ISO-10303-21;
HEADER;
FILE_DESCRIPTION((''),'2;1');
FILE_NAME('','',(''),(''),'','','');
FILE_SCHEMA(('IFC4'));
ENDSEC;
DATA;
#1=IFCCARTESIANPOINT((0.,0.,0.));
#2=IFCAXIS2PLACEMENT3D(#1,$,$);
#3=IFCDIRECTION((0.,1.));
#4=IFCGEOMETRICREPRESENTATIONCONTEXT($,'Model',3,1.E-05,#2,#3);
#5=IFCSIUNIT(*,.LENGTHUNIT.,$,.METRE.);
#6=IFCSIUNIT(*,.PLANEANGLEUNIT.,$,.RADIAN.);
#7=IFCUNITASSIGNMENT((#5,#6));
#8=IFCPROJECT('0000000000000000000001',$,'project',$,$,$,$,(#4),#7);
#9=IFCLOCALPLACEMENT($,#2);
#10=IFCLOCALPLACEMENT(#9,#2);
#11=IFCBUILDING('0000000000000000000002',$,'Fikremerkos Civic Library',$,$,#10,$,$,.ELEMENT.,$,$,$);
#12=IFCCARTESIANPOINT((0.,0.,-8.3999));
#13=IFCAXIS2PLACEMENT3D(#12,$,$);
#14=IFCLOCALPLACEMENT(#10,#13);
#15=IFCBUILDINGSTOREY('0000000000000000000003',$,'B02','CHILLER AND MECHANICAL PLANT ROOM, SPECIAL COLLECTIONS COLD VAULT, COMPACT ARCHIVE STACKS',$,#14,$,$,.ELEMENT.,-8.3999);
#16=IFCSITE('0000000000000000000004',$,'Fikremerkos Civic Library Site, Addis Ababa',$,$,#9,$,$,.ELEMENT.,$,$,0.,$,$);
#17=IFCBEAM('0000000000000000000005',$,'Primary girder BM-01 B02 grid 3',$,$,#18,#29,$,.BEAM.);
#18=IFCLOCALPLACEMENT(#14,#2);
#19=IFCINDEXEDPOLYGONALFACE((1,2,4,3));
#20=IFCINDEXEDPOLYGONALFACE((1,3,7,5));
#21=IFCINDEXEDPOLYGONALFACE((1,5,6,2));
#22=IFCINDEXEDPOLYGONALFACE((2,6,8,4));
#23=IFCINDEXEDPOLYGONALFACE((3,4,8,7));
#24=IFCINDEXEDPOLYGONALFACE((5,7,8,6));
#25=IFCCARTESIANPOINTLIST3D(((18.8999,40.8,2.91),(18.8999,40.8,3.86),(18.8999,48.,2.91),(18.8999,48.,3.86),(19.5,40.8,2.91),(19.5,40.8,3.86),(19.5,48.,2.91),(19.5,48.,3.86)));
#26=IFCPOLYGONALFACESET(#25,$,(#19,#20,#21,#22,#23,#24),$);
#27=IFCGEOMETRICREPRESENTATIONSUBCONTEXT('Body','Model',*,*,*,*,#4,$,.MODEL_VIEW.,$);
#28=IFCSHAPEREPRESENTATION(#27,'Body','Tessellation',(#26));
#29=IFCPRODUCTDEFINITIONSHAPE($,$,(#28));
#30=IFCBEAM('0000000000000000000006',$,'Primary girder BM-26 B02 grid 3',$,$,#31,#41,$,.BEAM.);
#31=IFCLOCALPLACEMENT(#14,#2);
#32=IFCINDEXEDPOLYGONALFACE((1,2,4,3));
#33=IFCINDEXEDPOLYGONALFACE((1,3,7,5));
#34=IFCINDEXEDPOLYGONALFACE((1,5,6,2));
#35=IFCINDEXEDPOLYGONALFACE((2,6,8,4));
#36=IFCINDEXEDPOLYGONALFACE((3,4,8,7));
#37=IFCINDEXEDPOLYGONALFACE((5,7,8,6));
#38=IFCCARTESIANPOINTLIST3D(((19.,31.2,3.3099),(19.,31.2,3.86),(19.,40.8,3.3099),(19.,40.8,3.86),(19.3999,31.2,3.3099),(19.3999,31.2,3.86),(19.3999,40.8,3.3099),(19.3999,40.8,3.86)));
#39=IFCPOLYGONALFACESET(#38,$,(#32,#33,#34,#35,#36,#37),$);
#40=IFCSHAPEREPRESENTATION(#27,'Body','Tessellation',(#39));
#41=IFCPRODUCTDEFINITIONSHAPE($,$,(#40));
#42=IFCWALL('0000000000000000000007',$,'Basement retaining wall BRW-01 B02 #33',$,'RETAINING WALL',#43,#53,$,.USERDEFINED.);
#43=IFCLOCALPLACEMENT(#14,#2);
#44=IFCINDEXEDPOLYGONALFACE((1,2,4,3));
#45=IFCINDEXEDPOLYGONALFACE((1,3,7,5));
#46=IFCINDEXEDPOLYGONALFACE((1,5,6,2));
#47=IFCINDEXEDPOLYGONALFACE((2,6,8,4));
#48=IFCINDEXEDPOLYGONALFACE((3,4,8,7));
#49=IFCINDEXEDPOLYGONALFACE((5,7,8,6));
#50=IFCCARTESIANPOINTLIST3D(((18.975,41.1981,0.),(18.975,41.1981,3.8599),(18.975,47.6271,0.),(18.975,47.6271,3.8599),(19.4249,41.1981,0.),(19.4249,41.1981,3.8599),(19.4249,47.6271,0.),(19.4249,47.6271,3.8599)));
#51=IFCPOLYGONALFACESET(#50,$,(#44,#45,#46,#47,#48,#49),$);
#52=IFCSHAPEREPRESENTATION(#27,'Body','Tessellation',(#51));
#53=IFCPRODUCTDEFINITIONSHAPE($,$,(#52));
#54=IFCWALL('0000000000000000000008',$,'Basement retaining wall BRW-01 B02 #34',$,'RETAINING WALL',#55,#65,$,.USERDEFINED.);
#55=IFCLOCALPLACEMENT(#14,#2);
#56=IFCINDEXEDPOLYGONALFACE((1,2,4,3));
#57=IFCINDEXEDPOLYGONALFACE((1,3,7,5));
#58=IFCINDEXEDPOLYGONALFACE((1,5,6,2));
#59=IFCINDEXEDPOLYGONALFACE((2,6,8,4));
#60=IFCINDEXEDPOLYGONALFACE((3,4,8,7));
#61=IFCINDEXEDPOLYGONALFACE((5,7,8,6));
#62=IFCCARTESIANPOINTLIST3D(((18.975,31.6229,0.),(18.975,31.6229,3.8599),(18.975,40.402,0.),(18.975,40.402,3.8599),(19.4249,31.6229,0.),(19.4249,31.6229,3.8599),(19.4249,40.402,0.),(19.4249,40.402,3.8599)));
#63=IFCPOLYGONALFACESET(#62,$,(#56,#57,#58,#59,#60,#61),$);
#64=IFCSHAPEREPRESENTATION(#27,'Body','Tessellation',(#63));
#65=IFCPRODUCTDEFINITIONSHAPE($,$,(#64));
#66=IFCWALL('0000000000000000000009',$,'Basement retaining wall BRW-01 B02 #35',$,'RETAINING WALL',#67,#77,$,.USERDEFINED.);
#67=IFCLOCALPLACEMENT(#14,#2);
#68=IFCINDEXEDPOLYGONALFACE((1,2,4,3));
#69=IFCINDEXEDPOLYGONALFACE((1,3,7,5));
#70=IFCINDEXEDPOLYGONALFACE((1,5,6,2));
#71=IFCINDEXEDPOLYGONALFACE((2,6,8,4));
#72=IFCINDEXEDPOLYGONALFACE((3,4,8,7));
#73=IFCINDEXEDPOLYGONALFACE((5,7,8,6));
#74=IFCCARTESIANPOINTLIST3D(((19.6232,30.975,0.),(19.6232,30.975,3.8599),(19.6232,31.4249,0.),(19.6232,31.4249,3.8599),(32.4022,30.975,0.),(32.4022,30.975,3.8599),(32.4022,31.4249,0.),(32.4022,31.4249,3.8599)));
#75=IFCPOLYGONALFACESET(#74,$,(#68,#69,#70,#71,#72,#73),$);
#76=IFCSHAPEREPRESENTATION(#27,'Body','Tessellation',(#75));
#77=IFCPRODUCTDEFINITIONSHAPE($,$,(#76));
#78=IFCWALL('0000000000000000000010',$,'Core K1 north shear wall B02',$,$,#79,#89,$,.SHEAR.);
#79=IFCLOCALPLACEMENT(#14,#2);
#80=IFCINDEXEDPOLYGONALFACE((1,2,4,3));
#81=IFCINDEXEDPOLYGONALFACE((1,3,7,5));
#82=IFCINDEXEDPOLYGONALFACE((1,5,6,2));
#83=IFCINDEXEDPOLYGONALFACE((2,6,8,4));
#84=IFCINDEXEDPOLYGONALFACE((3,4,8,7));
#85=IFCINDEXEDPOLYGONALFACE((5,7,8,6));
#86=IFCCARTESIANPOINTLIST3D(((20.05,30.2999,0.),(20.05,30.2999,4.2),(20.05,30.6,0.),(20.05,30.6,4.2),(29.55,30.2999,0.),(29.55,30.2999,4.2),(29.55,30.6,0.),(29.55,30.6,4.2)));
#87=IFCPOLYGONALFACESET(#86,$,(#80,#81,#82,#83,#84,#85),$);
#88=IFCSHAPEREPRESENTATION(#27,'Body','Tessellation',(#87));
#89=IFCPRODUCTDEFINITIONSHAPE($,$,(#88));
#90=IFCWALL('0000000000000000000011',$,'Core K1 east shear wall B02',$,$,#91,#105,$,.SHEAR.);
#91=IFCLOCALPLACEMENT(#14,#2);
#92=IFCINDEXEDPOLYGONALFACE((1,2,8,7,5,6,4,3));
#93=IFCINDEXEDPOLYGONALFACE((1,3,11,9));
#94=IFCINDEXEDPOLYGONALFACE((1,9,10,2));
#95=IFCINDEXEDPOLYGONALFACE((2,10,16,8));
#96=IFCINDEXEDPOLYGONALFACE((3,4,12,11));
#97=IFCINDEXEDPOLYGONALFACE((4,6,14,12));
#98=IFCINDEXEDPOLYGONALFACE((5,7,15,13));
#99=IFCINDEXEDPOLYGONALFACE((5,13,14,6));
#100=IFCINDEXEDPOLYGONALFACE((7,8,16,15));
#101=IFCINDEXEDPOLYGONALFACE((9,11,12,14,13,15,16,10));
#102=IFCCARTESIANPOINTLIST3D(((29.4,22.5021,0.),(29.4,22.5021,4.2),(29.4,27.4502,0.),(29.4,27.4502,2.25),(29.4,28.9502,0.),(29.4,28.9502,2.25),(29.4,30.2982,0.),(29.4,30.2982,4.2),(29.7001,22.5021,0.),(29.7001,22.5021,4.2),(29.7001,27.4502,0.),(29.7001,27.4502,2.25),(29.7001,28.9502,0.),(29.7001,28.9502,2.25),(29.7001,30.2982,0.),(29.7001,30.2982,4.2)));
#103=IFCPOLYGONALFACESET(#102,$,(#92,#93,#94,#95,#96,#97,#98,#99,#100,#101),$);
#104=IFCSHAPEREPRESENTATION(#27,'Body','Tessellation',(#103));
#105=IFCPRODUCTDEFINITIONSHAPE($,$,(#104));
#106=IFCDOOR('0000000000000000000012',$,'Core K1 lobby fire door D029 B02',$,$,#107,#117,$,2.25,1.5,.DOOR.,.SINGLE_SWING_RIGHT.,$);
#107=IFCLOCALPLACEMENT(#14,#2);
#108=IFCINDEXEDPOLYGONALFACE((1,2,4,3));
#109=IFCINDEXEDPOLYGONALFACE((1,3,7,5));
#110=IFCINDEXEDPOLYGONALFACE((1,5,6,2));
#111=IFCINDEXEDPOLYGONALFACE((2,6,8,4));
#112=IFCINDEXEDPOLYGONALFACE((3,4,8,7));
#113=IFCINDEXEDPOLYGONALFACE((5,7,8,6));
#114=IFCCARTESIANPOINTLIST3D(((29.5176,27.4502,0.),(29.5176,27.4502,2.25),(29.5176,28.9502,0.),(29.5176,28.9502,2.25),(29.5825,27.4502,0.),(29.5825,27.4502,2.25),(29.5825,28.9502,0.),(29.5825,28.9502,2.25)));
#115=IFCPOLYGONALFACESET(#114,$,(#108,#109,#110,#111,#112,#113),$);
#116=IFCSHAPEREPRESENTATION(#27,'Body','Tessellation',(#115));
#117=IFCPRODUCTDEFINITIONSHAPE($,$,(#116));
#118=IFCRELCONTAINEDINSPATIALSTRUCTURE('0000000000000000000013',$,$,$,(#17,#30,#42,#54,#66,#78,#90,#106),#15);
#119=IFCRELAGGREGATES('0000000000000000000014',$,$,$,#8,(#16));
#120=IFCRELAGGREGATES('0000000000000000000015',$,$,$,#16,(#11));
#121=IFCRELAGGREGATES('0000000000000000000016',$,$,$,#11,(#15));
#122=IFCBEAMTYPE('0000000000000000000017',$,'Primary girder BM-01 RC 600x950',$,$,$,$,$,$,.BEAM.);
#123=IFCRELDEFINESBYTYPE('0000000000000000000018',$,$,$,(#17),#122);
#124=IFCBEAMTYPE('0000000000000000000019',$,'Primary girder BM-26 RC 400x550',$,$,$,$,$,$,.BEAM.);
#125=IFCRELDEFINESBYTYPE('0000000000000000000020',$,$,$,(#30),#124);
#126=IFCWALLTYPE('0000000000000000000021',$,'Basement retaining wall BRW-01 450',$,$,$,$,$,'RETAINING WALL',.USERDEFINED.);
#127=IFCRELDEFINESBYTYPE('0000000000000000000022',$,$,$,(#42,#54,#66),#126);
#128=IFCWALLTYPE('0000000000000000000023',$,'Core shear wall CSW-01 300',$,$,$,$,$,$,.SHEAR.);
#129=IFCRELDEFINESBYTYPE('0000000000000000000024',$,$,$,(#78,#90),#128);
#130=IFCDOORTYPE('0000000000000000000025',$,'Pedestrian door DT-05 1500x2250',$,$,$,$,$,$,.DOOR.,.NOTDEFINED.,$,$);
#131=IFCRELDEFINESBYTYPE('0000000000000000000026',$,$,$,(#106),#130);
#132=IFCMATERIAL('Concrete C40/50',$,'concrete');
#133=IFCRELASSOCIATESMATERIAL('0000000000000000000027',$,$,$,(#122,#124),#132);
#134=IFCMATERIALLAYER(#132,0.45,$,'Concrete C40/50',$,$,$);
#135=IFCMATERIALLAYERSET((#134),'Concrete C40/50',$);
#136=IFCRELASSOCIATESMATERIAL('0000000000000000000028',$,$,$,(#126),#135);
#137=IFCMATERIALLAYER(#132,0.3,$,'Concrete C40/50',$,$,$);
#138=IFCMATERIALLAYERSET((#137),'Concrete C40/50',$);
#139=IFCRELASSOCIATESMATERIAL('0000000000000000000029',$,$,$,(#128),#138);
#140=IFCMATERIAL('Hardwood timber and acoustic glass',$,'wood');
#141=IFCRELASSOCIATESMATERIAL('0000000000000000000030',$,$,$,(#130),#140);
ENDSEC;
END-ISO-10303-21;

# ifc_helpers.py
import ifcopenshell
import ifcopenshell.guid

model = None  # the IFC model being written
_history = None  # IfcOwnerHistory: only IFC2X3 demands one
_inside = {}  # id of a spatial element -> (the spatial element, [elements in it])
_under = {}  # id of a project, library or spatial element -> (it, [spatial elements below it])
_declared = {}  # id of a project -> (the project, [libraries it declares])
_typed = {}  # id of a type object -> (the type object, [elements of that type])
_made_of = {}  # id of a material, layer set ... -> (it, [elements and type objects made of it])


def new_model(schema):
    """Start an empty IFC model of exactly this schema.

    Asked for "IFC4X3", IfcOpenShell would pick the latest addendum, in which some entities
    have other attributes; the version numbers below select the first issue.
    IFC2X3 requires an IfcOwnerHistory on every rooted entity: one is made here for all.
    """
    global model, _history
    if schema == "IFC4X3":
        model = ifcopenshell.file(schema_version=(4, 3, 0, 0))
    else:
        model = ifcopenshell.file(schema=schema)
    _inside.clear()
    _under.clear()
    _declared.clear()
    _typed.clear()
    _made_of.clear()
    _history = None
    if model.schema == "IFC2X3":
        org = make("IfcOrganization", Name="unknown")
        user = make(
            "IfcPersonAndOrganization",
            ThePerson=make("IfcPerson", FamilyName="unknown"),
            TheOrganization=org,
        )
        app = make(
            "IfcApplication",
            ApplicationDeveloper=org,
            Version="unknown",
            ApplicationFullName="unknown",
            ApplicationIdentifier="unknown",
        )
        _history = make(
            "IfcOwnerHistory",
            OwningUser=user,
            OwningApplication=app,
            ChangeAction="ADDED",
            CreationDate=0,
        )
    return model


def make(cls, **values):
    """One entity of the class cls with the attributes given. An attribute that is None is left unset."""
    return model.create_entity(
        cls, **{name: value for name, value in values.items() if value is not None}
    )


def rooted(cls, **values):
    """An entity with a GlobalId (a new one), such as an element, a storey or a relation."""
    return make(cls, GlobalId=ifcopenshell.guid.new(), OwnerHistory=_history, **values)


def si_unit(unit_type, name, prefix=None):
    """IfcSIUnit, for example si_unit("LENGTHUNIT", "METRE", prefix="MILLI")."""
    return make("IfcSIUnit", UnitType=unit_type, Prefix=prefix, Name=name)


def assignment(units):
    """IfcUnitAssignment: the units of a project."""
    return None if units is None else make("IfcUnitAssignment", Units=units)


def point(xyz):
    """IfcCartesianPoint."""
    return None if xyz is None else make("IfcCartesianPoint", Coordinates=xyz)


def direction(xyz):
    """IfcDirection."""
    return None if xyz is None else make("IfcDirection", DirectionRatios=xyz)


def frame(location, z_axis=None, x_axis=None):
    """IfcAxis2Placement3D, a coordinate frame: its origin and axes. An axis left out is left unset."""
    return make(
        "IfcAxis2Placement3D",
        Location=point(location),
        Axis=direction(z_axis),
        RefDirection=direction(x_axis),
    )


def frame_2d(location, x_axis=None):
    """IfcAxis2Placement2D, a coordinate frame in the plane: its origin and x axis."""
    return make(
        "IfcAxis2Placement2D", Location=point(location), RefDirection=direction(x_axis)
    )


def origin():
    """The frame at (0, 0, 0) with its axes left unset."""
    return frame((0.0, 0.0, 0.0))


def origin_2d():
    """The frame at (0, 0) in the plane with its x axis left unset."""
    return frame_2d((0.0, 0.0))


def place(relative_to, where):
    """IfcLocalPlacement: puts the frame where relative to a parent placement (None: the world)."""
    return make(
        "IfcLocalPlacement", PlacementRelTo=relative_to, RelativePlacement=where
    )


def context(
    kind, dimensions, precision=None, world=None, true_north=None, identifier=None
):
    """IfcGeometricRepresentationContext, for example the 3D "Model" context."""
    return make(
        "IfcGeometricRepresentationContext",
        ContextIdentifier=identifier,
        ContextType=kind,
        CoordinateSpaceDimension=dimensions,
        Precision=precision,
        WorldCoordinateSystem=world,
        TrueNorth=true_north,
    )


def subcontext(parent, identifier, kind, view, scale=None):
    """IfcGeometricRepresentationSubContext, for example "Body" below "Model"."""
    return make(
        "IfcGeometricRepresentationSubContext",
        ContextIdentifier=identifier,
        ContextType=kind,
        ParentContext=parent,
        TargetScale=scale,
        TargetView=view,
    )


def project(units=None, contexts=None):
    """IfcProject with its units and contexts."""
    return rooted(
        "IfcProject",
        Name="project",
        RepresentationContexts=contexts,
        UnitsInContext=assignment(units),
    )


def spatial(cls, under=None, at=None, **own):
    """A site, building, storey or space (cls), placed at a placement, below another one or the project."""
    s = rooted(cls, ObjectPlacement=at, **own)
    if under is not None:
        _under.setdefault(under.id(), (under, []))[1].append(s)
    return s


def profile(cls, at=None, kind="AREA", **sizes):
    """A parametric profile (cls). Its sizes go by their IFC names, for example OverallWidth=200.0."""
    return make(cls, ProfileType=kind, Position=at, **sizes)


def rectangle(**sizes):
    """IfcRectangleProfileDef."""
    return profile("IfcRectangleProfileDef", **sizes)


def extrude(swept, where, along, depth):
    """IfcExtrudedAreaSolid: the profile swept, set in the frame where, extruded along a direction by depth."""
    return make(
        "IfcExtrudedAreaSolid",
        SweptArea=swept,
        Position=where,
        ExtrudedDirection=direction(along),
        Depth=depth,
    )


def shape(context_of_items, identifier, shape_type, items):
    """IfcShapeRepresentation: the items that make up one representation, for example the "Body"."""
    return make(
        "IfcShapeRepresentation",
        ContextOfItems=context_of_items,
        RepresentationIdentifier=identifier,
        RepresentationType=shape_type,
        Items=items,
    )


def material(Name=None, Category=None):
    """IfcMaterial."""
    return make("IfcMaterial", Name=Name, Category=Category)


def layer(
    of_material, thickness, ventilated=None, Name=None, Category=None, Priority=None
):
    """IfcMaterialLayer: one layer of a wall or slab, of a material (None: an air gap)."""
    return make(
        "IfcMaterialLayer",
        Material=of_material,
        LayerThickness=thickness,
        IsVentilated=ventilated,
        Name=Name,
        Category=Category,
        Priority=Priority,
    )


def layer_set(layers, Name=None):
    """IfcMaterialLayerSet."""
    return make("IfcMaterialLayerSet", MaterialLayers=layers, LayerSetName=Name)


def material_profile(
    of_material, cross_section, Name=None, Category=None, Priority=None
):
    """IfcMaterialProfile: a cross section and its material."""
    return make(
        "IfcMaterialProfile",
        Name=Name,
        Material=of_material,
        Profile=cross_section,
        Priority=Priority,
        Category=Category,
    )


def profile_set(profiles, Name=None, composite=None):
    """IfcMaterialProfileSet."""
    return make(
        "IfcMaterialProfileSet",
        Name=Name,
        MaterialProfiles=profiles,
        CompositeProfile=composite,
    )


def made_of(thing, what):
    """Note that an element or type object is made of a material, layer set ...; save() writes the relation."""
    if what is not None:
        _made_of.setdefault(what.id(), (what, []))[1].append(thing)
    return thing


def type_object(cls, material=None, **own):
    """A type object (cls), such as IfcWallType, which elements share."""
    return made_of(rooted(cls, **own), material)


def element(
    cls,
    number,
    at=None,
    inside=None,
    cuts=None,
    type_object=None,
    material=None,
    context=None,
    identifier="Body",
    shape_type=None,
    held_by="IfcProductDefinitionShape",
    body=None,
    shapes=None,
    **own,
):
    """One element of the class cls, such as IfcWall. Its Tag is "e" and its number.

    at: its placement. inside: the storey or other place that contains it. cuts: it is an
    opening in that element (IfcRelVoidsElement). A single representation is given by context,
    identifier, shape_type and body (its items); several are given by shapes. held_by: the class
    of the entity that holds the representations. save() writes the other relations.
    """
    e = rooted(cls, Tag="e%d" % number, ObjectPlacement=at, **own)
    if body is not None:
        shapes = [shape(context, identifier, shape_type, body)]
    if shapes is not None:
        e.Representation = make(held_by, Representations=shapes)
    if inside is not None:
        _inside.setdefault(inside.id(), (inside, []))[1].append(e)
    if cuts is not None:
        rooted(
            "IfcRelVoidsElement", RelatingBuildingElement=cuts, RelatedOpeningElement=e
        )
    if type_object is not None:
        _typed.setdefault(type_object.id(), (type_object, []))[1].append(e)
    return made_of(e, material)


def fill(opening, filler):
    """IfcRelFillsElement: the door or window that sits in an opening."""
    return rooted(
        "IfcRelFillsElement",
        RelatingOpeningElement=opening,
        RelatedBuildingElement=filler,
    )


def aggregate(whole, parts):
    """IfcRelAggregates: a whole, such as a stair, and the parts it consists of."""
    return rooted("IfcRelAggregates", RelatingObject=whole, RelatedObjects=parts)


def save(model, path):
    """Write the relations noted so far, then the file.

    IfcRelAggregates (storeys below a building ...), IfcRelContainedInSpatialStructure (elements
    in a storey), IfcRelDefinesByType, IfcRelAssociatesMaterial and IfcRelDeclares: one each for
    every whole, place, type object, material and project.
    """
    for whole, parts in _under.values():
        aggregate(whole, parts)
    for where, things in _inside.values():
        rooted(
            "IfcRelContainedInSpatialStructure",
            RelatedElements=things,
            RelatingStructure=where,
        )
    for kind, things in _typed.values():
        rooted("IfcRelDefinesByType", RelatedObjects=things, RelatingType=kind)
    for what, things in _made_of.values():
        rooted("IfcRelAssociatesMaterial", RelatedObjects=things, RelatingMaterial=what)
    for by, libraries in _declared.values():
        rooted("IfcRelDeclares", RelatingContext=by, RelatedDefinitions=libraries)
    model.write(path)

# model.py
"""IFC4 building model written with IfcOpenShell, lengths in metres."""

from ifc_helpers import new_model, si_unit, direction, frame, frame_2d, origin, origin_2d, place, context, subcontext, project, spatial, rectangle, extrude, material, layer, layer_set, material_profile, profile_set, type_object, element, fill, save


model = new_model("IFC4")

# Units and contexts
model_context = context("Model", 3, precision=1e-05, world=origin(), true_north=direction((0.0, 1.0)))
body_context = subcontext(model_context, "Body", "Model", "MODEL_VIEW")
ifc_project = project(units=[si_unit("LENGTHUNIT", "METRE"), si_unit("PLANEANGLEUNIT", "RADIAN")], contexts=[model_context])

# Site, building, storey
site_placement = place(None, origin())
site = spatial("IfcSite", under=ifc_project, at=site_placement, Name="Fikremerkos Civic Library Site, Addis Ababa", CompositionType="ELEMENT", RefElevation=0.0)
building_placement = place(site_placement, origin())
building = spatial("IfcBuilding", under=site, at=building_placement, Name="Fikremerkos Civic Library", CompositionType="ELEMENT")
storey_placement = place(building_placement, frame((0.0, 0.0, -8.3999)))
storey = spatial("IfcBuildingStorey", under=building, at=storey_placement, Name="B02", Description="CHILLER AND MECHANICAL PLANT ROOM, SPECIAL COLLECTIONS COLD VAULT, COMPACT ARCHIVE STACKS", CompositionType="ELEMENT", Elevation=-8.3999)

# Shared definitions
ifc_material_1 = material(Name="Concrete C40/50", Category="concrete")

# Beams
ifc_material_profile_1 = material_profile(ifc_material_1, rectangle(XDim=0.6001, YDim=0.95, at=origin_2d()), Name="RC 600x950")
ifc_profile_set_1 = profile_set([ifc_material_profile_1], Name="Concrete C40/50")
beam_type_1 = type_object("IfcBeamType", Name="Primary girder BM-01 RC 600x950", PredefinedType="BEAM", material=ifc_profile_set_1)
beam_1_placement = place(storey_placement, frame((19.2, 40.8, 3.385), z_axis=(0.0, 1.0, 0.0), x_axis=(-1.0, 0.0, 0.0)))
element("IfcBeam", 1, at=beam_1_placement, inside=storey, type_object=beam_type_1, Name="Primary girder BM-01 B02 grid 3", PredefinedType="BEAM", context=body_context, shape_type="SweptSolid", body=[
    extrude(rectangle(XDim=0.6001, YDim=0.95, at=origin_2d()), origin(), (0.0, 0.0, 1.0), 7.2),
])
ifc_material_profile_2 = material_profile(ifc_material_1, rectangle(XDim=0.3999, YDim=0.55, at=origin_2d()), Name="RC 400x550")
ifc_profile_set_2 = profile_set([ifc_material_profile_2], Name="Concrete C40/50")
beam_type_2 = type_object("IfcBeamType", Name="Primary girder BM-26 RC 400x550", PredefinedType="BEAM", material=ifc_profile_set_2)
beam_2_placement = place(storey_placement, frame((19.2, 31.2, 3.585), z_axis=(0.0, 1.0, 0.0), x_axis=(-1.0, 0.0, 0.0)))
element("IfcBeam", 2, at=beam_2_placement, inside=storey, type_object=beam_type_2, Name="Primary girder BM-26 B02 grid 3", PredefinedType="BEAM", context=body_context, shape_type="SweptSolid", body=[
    extrude(rectangle(XDim=0.3999, YDim=0.55, at=origin_2d()), origin(), (0.0, 0.0, 1.0), 9.6001),
])

# Walls
ifc_layer_1 = layer(ifc_material_1, 0.45, Name="Concrete C40/50")
ifc_layer_set_1 = layer_set([ifc_layer_1], Name="Concrete C40/50")
wall_type_1 = type_object("IfcWallType", Name="Basement retaining wall BRW-01 450", ElementType="RETAINING WALL", PredefinedType="USERDEFINED", material=ifc_layer_set_1)
wall_1_placement = place(storey_placement, frame((19.2, 47.627, 0.0), z_axis=(0.0, 0.0, 1.0), x_axis=(0.0, -1.0, 0.0)))
element("IfcWall", 3, at=wall_1_placement, inside=storey, type_object=wall_type_1, Name="Basement retaining wall BRW-01 B02 #33", ObjectType="RETAINING WALL", PredefinedType="USERDEFINED", context=body_context, shape_type="SweptSolid", body=[
    extrude(rectangle(XDim=6.429, YDim=0.45, at=frame_2d((3.2144, 0.0))), origin(), (0.0, 0.0, 1.0), 3.8599),
])
wall_2_placement = place(storey_placement, frame((19.2, 40.4021, 0.0), z_axis=(0.0, 0.0, 1.0), x_axis=(0.0, -1.0, 0.0)))
element("IfcWall", 4, at=wall_2_placement, inside=storey, type_object=wall_type_1, Name="Basement retaining wall BRW-01 B02 #34", ObjectType="RETAINING WALL", PredefinedType="USERDEFINED", context=body_context, shape_type="SweptSolid", body=[
    extrude(rectangle(XDim=8.7791, YDim=0.45, at=frame_2d((4.3896, 0.0))), origin(), (0.0, 0.0, 1.0), 3.8599),
])
wall_3_placement = place(storey_placement, frame((19.623, 31.2, 0.0), z_axis=(0.0, 0.0, 1.0), x_axis=(1.0, 0.0, 0.0)))
element("IfcWall", 5, at=wall_3_placement, inside=storey, type_object=wall_type_1, Name="Basement retaining wall BRW-01 B02 #35", ObjectType="RETAINING WALL", PredefinedType="USERDEFINED", context=body_context, shape_type="SweptSolid", body=[
    extrude(rectangle(XDim=12.7791, YDim=0.45, at=frame_2d((6.3896, 0.0))), origin(), (0.0, 0.0, 1.0), 3.8599),
])
ifc_layer_2 = layer(ifc_material_1, 0.3, Name="Concrete C40/50")
ifc_layer_set_2 = layer_set([ifc_layer_2], Name="Concrete C40/50")
wall_type_2 = type_object("IfcWallType", Name="Core shear wall CSW-01 300", PredefinedType="SHEAR", material=ifc_layer_set_2)
wall_4_placement = place(storey_placement, frame((20.05, 30.45, 0.0), z_axis=(0.0, 0.0, 1.0), x_axis=(1.0, 0.0, 0.0)))
element("IfcWall", 6, at=wall_4_placement, inside=storey, type_object=wall_type_2, Name="Core K1 north shear wall B02", PredefinedType="SHEAR", context=body_context, shape_type="SweptSolid", body=[
    extrude(rectangle(XDim=9.5, YDim=0.3, at=frame_2d((4.75, 0.0))), origin(), (0.0, 0.0, 1.0), 4.2),
])

# Wall, opening, door
wall_5_placement = place(storey_placement, frame((29.55, 30.2981, 0.0), z_axis=(0.0, 0.0, 1.0), x_axis=(0.0, -1.0, 0.0)))
wall_5 = element("IfcWall", 7, at=wall_5_placement, inside=storey, type_object=wall_type_2, Name="Core K1 east shear wall B02", PredefinedType="SHEAR", context=body_context, shape_type="SweptSolid", body=[
    extrude(rectangle(XDim=7.7961, YDim=0.3, at=frame_2d((3.8979, 0.0))), origin(), (0.0, 0.0, 1.0), 4.2),
])
opening_placement = place(wall_5_placement, frame((1.3479, 0.0, 0.0)))
opening = element("IfcOpeningElement", 8, at=opening_placement, cuts=wall_5, PredefinedType="OPENING", context=body_context, shape_type="SweptSolid", body=[
    extrude(rectangle(XDim=1.5, YDim=2.25, at=frame_2d((0.75, 1.125))), frame((0.0, 0.1599, 0.0), z_axis=(0.0, -1.0, 0.0), x_axis=(1.0, 0.0, 0.0)), (0.0, 0.0, 1.0), 0.3201),
])
ifc_material_2 = material(Name="Hardwood timber and acoustic glass", Category="wood")
door_type = type_object("IfcDoorType", Name="Pedestrian door DT-05 1500x2250", OperationType="NOTDEFINED", PredefinedType="DOOR", material=ifc_material_2)
door_placement = place(opening_placement, origin())
door = element("IfcDoor", 9, at=door_placement, inside=storey, type_object=door_type, Name="Core K1 lobby fire door D029 B02", OperationType="SINGLE_SWING_RIGHT", OverallHeight=2.25, OverallWidth=1.5, PredefinedType="DOOR", context=body_context, shape_type="SweptSolid", body=[
    extrude(rectangle(XDim=1.5, YDim=2.25, at=frame_2d((0.75, 1.125))), frame((0.0, 0.0325, 0.0), z_axis=(0.0, -1.0, 0.0), x_axis=(1.0, 0.0, 0.0)), (0.0, 0.0, 1.0), 0.0649),
])
fill(opening, door)

save(model, "model.ifc")
